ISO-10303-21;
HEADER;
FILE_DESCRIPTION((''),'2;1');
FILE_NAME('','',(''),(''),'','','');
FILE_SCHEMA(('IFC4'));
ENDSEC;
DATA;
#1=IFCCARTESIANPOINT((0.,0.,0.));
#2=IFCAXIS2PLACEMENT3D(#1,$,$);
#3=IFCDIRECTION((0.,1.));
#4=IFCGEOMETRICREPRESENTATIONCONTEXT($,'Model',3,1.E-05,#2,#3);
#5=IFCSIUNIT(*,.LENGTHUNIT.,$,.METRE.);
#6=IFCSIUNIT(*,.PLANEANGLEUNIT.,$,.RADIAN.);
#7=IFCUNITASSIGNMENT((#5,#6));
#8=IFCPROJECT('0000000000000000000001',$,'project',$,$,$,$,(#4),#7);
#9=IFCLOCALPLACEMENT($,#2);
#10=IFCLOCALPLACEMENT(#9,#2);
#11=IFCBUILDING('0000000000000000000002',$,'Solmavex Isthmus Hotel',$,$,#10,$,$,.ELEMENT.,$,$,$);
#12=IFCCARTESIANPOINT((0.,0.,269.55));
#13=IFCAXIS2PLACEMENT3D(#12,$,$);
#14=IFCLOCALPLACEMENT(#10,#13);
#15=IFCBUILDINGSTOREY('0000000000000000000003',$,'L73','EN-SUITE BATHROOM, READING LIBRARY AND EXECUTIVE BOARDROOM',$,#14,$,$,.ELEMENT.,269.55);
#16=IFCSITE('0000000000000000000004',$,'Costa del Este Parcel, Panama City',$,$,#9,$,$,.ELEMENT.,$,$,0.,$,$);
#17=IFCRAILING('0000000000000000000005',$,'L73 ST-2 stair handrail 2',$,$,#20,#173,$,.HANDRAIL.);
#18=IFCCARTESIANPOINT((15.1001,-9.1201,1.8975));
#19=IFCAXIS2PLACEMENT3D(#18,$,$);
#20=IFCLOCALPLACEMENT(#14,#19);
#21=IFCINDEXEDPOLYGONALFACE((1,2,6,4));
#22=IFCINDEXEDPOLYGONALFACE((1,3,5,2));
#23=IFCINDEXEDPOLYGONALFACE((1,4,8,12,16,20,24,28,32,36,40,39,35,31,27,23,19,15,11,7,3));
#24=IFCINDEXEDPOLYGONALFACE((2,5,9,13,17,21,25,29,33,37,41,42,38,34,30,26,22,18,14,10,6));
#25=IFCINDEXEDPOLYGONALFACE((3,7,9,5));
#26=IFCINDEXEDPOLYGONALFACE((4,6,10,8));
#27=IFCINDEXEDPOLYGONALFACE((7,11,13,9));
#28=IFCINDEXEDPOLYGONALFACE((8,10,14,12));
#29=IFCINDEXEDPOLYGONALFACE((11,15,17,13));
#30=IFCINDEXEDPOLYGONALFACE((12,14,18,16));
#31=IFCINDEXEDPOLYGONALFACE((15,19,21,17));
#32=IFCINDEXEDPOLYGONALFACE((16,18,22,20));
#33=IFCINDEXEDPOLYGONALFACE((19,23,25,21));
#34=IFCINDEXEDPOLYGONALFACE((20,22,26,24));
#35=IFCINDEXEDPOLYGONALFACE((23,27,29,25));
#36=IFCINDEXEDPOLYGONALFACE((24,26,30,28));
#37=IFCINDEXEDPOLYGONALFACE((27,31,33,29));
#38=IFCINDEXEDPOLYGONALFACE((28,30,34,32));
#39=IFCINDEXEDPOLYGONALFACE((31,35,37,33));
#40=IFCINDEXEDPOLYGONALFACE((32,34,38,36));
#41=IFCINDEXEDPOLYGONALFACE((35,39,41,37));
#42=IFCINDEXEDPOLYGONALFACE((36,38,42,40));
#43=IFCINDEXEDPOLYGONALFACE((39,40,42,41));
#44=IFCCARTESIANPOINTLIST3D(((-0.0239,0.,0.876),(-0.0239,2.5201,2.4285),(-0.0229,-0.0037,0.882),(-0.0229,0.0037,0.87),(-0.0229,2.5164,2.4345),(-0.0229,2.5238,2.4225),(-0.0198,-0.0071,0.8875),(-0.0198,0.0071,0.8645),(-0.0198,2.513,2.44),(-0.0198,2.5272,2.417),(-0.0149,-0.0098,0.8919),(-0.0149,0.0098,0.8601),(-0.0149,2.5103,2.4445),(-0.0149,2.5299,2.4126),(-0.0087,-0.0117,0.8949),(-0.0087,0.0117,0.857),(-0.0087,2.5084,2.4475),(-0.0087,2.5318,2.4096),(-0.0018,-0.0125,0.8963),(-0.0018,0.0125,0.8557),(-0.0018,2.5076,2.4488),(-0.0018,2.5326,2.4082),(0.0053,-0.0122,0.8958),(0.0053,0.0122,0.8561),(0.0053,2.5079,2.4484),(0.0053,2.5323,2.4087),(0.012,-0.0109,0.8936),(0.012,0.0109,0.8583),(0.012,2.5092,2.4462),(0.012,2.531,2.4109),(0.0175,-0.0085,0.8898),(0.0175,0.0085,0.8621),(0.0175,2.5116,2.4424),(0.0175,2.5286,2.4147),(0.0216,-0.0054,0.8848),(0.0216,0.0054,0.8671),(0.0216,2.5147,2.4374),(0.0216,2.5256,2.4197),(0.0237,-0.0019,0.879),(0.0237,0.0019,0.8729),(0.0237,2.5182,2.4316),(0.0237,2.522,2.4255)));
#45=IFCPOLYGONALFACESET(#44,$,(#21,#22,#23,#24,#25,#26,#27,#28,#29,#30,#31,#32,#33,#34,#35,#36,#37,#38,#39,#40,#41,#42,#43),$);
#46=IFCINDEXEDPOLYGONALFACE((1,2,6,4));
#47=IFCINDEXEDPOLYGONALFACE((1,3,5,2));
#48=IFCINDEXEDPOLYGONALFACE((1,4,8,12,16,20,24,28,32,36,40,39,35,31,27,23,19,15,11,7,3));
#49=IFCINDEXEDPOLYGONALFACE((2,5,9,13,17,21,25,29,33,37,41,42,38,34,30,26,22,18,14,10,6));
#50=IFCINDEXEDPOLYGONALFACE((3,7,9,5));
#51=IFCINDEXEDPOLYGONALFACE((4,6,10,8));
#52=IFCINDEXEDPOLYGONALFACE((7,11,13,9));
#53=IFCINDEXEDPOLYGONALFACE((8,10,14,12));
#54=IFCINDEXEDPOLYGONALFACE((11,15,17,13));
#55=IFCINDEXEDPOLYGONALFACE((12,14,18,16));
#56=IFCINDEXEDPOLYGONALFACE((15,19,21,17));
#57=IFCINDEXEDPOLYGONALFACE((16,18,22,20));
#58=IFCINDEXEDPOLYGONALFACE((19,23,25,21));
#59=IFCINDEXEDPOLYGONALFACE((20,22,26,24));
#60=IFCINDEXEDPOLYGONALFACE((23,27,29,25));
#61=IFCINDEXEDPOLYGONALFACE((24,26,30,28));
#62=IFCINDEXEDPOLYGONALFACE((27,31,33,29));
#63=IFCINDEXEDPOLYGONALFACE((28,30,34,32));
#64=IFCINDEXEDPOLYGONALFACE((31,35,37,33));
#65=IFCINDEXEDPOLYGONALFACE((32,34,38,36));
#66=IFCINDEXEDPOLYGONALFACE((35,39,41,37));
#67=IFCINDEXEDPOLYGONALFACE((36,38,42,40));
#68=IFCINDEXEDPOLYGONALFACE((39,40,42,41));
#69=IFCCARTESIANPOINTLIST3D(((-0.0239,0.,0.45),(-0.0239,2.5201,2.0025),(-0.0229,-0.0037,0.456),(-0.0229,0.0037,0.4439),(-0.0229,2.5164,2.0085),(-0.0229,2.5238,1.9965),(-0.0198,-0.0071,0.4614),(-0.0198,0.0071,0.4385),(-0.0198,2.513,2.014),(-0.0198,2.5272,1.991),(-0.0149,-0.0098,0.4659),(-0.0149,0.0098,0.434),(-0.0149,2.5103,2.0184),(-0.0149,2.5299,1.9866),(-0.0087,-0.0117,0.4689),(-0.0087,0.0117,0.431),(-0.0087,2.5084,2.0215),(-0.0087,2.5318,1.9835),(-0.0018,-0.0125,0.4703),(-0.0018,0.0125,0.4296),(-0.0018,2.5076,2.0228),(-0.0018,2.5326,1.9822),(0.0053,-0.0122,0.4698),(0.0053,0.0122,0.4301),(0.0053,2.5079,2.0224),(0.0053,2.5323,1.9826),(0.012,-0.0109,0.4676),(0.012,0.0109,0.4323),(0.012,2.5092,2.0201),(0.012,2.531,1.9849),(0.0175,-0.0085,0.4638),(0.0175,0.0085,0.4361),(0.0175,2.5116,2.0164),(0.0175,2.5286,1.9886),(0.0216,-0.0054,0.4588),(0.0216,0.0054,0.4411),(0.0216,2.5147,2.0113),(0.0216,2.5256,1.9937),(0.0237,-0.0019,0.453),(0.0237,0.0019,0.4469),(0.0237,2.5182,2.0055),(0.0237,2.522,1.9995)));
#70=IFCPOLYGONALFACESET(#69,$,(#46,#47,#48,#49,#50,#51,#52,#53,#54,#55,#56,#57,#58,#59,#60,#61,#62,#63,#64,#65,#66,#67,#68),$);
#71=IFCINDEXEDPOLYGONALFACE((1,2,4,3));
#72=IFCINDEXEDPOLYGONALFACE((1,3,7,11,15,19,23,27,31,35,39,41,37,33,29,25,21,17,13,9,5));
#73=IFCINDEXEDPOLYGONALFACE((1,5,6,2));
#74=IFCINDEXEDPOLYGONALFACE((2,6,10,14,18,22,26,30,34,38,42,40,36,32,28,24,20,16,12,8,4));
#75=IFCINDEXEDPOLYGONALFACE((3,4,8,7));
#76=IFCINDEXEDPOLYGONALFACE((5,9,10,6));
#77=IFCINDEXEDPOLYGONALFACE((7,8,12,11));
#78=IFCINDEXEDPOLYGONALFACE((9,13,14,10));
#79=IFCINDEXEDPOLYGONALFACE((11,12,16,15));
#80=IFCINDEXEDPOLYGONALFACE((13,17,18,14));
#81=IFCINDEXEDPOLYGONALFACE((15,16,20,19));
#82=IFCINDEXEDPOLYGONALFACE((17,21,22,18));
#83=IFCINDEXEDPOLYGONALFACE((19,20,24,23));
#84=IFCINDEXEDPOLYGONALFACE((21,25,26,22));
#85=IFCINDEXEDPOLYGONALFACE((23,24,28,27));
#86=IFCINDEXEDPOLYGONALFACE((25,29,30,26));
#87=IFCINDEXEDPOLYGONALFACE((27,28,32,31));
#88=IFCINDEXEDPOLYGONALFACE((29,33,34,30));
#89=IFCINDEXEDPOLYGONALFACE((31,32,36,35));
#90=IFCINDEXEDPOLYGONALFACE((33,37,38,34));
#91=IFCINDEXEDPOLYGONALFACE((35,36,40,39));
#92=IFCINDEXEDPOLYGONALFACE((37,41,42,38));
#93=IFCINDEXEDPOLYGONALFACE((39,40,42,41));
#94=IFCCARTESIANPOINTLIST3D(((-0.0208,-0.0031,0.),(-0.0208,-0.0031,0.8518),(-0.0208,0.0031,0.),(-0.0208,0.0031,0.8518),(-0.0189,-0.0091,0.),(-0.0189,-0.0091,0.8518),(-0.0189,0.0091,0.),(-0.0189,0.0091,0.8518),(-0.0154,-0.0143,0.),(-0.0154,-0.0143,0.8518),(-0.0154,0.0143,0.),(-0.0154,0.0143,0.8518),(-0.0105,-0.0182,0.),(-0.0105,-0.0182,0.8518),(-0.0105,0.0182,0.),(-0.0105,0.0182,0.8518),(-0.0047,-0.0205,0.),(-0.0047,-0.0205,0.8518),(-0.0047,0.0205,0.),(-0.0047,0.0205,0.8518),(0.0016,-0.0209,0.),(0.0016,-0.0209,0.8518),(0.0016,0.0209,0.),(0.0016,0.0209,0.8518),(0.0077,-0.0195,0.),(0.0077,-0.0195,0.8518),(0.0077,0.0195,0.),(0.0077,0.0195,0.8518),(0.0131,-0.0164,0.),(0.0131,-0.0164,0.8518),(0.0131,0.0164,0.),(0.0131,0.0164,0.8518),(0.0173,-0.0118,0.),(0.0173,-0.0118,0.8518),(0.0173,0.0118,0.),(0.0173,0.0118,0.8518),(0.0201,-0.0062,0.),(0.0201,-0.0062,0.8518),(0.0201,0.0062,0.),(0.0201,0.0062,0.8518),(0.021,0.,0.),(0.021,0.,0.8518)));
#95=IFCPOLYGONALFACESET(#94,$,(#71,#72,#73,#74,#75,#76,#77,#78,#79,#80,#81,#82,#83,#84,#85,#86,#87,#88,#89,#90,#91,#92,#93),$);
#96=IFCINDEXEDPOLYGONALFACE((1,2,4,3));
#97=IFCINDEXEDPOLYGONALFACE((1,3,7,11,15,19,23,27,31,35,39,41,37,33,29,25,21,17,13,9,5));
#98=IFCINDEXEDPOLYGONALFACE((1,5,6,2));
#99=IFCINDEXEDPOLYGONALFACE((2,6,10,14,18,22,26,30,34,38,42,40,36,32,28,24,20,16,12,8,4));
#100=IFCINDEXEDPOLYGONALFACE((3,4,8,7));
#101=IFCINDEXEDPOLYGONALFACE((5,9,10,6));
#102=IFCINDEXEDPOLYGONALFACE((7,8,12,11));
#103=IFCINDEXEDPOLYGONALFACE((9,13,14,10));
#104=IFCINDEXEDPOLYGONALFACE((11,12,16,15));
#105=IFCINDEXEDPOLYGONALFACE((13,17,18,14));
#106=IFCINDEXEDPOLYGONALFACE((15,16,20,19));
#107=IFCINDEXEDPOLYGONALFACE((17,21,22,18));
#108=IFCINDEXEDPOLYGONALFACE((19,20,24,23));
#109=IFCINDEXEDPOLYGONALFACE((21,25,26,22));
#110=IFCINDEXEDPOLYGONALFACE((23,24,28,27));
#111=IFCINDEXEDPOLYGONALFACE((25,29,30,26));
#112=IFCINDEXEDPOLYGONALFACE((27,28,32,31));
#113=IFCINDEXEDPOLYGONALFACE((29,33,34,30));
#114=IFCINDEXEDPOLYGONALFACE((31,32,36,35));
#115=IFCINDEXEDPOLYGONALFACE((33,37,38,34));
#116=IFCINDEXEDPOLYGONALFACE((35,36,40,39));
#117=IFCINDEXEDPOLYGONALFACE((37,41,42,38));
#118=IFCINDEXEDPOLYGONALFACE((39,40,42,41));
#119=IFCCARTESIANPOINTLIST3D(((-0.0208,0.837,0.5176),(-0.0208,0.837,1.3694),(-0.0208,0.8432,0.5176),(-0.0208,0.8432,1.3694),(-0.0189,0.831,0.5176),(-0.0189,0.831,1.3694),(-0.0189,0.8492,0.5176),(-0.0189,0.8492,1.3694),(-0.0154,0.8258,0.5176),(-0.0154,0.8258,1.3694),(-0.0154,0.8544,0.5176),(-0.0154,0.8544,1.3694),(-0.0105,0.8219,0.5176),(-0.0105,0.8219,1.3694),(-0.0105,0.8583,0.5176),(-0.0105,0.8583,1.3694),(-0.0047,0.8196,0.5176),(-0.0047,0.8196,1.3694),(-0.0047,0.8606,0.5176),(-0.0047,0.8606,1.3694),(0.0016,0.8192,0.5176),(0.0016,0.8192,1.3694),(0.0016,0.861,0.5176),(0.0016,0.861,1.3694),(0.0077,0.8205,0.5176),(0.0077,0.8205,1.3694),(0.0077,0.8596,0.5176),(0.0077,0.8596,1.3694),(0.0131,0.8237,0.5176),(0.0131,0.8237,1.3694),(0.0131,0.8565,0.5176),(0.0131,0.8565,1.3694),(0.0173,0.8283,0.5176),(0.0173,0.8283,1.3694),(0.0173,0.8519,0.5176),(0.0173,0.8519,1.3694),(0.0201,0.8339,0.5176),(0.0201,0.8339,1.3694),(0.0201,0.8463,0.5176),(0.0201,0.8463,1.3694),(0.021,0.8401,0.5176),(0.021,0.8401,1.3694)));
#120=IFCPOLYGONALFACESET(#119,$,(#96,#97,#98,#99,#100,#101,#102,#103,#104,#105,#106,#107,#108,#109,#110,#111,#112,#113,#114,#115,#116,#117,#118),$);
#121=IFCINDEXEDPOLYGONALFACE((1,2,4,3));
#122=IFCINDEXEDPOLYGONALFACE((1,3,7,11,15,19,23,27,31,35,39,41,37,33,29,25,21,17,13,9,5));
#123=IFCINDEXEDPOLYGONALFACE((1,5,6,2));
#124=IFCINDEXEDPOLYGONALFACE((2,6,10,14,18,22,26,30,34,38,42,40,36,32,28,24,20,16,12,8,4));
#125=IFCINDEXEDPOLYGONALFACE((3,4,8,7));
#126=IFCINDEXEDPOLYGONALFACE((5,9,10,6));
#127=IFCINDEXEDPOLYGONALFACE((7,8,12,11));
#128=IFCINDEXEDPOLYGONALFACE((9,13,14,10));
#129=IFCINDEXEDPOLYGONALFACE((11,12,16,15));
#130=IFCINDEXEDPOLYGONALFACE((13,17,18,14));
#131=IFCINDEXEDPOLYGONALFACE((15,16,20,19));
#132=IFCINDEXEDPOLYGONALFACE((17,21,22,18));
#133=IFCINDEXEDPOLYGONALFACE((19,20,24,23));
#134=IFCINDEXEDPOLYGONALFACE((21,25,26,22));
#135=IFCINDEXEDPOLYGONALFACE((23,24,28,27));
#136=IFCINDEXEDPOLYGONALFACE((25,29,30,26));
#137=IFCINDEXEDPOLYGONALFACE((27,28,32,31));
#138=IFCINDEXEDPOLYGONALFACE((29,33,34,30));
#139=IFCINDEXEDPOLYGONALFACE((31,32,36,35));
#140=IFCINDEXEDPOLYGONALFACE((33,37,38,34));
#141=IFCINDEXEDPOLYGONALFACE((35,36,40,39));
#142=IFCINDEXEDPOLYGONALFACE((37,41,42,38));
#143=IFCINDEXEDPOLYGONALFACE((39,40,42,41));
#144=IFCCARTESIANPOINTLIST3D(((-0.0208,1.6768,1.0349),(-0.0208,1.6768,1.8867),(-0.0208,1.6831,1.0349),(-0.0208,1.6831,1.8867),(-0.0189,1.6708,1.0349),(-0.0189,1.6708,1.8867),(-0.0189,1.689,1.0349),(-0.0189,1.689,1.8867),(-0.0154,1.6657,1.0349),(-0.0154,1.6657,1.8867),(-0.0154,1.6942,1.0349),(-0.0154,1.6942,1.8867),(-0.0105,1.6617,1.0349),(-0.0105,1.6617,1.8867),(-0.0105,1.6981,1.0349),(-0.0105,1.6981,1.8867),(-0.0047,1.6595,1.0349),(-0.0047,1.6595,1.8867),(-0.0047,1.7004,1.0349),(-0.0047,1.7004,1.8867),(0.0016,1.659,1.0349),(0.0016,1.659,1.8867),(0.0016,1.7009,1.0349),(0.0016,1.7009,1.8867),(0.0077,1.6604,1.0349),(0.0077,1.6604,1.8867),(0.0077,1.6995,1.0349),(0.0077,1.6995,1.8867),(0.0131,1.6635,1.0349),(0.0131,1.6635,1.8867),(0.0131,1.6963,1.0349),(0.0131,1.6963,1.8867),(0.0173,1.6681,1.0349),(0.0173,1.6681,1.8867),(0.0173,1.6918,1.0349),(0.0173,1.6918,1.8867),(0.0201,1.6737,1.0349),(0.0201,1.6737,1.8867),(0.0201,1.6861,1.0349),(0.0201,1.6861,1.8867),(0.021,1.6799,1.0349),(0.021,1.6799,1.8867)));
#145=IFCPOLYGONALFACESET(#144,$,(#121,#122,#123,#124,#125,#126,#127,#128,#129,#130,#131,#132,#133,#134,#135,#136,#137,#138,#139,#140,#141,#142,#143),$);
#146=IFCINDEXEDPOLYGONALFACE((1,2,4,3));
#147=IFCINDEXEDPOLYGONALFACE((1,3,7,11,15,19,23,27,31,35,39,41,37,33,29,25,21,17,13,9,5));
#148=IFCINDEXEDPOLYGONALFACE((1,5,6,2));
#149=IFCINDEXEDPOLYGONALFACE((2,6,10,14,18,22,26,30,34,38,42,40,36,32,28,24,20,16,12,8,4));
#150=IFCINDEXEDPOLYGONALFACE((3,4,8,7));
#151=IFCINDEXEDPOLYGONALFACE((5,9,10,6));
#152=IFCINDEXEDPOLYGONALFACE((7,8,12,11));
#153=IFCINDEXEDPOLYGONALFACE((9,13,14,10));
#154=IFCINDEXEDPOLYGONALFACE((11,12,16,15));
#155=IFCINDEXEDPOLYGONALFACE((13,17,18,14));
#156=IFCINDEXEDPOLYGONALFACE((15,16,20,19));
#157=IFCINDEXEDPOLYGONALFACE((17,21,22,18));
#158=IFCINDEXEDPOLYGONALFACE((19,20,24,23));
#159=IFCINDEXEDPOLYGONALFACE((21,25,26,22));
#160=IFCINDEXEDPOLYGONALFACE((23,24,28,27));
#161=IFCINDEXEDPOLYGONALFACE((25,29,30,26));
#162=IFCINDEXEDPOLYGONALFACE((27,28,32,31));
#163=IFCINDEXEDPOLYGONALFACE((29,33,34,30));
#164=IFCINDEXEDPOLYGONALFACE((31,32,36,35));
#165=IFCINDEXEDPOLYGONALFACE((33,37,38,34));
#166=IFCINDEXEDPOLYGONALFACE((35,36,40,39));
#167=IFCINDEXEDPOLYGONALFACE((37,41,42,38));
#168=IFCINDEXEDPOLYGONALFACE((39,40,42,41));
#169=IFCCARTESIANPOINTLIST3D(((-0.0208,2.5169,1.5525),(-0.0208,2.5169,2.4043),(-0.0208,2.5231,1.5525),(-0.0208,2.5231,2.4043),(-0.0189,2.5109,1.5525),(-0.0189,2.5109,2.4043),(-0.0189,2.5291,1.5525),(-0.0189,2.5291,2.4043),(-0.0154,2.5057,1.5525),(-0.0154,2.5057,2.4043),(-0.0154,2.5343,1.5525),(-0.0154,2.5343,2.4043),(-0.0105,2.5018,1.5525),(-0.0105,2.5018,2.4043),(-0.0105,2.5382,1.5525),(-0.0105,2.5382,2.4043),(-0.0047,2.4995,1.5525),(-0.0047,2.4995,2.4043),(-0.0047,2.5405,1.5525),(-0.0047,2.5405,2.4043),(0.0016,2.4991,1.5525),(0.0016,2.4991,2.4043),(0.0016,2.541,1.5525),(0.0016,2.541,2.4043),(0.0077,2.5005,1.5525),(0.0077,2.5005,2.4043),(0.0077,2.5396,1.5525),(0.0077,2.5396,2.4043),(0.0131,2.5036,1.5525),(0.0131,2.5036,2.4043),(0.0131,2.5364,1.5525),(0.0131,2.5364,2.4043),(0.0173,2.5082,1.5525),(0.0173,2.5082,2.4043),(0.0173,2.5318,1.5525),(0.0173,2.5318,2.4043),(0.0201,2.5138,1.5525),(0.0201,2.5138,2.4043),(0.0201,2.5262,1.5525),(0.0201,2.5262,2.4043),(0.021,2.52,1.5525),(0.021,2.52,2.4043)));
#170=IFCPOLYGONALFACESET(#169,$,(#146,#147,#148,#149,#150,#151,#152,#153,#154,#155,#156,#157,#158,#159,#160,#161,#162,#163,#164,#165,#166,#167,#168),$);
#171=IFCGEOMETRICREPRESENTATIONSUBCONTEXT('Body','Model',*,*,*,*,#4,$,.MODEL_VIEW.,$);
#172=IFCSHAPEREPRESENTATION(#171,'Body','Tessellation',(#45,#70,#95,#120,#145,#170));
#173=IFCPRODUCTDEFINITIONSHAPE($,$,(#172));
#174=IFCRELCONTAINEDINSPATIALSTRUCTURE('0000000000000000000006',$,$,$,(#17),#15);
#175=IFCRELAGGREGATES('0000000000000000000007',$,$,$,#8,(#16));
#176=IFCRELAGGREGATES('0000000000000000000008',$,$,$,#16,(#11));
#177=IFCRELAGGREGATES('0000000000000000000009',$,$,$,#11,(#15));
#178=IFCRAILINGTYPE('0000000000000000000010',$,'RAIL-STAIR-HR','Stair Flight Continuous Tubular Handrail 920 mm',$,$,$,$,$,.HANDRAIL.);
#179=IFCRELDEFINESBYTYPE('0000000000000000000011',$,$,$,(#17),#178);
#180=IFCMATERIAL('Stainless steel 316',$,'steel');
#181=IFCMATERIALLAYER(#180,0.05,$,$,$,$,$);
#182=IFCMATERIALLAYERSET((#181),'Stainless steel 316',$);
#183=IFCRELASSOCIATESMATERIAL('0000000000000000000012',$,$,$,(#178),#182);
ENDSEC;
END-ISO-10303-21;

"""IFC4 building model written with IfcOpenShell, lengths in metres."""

from ifc_helpers import new_model, si_unit, direction, frame, origin, origin_2d, place, context, subcontext, project, spatial, circle, extrude, material, layer, layer_set, type_object, element, save


model = new_model("IFC4")

# Units and contexts
model_context = context("Model", 3, precision=1e-05, world=origin(), true_north=direction((0.0, 1.0)))
body_context = subcontext(model_context, "Body", "Model", "MODEL_VIEW")
ifc_project = project(units=[si_unit("LENGTHUNIT", "METRE"), si_unit("PLANEANGLEUNIT", "RADIAN")], contexts=[model_context])

# Site, building, storey
site_placement = place(None, origin())
site = spatial("IfcSite", under=ifc_project, at=site_placement, Name="Costa del Este Parcel, Panama City", CompositionType="ELEMENT", RefElevation=0.0)
building_placement = place(site_placement, origin())
building = spatial("IfcBuilding", under=site, at=building_placement, Name="Solmavex Isthmus Hotel", CompositionType="ELEMENT")
storey_placement = place(building_placement, frame((0.0, 0.0, 269.55)))
storey = spatial("IfcBuildingStorey", under=building, at=storey_placement, Name="L73", Description="EN-SUITE BATHROOM, READING LIBRARY AND EXECUTIVE BOARDROOM", CompositionType="ELEMENT", Elevation=269.55)

# Railing
ifc_material_1 = material(Name="Stainless steel 316", Category="steel")
ifc_layer_1 = layer(ifc_material_1, 0.05)
ifc_layer_set_1 = layer_set([ifc_layer_1], Name="Stainless steel 316")
railing_type = type_object("IfcRailingType", Name="RAIL-STAIR-HR", Description="Stair Flight Continuous Tubular Handrail 920 mm", PredefinedType="HANDRAIL", material=ifc_layer_set_1)
railing_placement = place(storey_placement, frame((15.1001, -9.1201, 1.8975)))
element("IfcRailing", 1, at=railing_placement, inside=storey, type_object=railing_type, Name="L73 ST-2 stair handrail 2", PredefinedType="HANDRAIL", context=body_context, shape_type="SweptSolid", body=[
    extrude(circle(Radius=0.0239, at=origin_2d()), frame((0.0, 0.0, 0.876), z_axis=(0.0, 0.8514, 0.524516), x_axis=(-1.0, 0.0, 0.0)), (0.0, 0.0, 1.0), 2.96),
    extrude(circle(Radius=0.0239, at=origin_2d()), frame((0.0, 0.0, 0.45), z_axis=(0.0, 0.8514, 0.524516), x_axis=(-1.0, 0.0, 0.0)), (0.0, 0.0, 1.0), 2.96),
    extrude(circle(Radius=0.021, at=origin_2d()), origin(), (0.0, 0.0, 1.0), 0.8518),
    extrude(circle(Radius=0.021, at=origin_2d()), frame((0.0, 0.8401, 0.5176)), (0.0, 0.0, 1.0), 0.8518),
    extrude(circle(Radius=0.021, at=origin_2d()), frame((0.0, 1.6799, 1.0349)), (0.0, 0.0, 1.0), 0.8518),
    extrude(circle(Radius=0.021, at=origin_2d()), frame((0.0, 2.52, 1.5525)), (0.0, 0.0, 1.0), 0.8518),
])

save(model, "model.ifc")
